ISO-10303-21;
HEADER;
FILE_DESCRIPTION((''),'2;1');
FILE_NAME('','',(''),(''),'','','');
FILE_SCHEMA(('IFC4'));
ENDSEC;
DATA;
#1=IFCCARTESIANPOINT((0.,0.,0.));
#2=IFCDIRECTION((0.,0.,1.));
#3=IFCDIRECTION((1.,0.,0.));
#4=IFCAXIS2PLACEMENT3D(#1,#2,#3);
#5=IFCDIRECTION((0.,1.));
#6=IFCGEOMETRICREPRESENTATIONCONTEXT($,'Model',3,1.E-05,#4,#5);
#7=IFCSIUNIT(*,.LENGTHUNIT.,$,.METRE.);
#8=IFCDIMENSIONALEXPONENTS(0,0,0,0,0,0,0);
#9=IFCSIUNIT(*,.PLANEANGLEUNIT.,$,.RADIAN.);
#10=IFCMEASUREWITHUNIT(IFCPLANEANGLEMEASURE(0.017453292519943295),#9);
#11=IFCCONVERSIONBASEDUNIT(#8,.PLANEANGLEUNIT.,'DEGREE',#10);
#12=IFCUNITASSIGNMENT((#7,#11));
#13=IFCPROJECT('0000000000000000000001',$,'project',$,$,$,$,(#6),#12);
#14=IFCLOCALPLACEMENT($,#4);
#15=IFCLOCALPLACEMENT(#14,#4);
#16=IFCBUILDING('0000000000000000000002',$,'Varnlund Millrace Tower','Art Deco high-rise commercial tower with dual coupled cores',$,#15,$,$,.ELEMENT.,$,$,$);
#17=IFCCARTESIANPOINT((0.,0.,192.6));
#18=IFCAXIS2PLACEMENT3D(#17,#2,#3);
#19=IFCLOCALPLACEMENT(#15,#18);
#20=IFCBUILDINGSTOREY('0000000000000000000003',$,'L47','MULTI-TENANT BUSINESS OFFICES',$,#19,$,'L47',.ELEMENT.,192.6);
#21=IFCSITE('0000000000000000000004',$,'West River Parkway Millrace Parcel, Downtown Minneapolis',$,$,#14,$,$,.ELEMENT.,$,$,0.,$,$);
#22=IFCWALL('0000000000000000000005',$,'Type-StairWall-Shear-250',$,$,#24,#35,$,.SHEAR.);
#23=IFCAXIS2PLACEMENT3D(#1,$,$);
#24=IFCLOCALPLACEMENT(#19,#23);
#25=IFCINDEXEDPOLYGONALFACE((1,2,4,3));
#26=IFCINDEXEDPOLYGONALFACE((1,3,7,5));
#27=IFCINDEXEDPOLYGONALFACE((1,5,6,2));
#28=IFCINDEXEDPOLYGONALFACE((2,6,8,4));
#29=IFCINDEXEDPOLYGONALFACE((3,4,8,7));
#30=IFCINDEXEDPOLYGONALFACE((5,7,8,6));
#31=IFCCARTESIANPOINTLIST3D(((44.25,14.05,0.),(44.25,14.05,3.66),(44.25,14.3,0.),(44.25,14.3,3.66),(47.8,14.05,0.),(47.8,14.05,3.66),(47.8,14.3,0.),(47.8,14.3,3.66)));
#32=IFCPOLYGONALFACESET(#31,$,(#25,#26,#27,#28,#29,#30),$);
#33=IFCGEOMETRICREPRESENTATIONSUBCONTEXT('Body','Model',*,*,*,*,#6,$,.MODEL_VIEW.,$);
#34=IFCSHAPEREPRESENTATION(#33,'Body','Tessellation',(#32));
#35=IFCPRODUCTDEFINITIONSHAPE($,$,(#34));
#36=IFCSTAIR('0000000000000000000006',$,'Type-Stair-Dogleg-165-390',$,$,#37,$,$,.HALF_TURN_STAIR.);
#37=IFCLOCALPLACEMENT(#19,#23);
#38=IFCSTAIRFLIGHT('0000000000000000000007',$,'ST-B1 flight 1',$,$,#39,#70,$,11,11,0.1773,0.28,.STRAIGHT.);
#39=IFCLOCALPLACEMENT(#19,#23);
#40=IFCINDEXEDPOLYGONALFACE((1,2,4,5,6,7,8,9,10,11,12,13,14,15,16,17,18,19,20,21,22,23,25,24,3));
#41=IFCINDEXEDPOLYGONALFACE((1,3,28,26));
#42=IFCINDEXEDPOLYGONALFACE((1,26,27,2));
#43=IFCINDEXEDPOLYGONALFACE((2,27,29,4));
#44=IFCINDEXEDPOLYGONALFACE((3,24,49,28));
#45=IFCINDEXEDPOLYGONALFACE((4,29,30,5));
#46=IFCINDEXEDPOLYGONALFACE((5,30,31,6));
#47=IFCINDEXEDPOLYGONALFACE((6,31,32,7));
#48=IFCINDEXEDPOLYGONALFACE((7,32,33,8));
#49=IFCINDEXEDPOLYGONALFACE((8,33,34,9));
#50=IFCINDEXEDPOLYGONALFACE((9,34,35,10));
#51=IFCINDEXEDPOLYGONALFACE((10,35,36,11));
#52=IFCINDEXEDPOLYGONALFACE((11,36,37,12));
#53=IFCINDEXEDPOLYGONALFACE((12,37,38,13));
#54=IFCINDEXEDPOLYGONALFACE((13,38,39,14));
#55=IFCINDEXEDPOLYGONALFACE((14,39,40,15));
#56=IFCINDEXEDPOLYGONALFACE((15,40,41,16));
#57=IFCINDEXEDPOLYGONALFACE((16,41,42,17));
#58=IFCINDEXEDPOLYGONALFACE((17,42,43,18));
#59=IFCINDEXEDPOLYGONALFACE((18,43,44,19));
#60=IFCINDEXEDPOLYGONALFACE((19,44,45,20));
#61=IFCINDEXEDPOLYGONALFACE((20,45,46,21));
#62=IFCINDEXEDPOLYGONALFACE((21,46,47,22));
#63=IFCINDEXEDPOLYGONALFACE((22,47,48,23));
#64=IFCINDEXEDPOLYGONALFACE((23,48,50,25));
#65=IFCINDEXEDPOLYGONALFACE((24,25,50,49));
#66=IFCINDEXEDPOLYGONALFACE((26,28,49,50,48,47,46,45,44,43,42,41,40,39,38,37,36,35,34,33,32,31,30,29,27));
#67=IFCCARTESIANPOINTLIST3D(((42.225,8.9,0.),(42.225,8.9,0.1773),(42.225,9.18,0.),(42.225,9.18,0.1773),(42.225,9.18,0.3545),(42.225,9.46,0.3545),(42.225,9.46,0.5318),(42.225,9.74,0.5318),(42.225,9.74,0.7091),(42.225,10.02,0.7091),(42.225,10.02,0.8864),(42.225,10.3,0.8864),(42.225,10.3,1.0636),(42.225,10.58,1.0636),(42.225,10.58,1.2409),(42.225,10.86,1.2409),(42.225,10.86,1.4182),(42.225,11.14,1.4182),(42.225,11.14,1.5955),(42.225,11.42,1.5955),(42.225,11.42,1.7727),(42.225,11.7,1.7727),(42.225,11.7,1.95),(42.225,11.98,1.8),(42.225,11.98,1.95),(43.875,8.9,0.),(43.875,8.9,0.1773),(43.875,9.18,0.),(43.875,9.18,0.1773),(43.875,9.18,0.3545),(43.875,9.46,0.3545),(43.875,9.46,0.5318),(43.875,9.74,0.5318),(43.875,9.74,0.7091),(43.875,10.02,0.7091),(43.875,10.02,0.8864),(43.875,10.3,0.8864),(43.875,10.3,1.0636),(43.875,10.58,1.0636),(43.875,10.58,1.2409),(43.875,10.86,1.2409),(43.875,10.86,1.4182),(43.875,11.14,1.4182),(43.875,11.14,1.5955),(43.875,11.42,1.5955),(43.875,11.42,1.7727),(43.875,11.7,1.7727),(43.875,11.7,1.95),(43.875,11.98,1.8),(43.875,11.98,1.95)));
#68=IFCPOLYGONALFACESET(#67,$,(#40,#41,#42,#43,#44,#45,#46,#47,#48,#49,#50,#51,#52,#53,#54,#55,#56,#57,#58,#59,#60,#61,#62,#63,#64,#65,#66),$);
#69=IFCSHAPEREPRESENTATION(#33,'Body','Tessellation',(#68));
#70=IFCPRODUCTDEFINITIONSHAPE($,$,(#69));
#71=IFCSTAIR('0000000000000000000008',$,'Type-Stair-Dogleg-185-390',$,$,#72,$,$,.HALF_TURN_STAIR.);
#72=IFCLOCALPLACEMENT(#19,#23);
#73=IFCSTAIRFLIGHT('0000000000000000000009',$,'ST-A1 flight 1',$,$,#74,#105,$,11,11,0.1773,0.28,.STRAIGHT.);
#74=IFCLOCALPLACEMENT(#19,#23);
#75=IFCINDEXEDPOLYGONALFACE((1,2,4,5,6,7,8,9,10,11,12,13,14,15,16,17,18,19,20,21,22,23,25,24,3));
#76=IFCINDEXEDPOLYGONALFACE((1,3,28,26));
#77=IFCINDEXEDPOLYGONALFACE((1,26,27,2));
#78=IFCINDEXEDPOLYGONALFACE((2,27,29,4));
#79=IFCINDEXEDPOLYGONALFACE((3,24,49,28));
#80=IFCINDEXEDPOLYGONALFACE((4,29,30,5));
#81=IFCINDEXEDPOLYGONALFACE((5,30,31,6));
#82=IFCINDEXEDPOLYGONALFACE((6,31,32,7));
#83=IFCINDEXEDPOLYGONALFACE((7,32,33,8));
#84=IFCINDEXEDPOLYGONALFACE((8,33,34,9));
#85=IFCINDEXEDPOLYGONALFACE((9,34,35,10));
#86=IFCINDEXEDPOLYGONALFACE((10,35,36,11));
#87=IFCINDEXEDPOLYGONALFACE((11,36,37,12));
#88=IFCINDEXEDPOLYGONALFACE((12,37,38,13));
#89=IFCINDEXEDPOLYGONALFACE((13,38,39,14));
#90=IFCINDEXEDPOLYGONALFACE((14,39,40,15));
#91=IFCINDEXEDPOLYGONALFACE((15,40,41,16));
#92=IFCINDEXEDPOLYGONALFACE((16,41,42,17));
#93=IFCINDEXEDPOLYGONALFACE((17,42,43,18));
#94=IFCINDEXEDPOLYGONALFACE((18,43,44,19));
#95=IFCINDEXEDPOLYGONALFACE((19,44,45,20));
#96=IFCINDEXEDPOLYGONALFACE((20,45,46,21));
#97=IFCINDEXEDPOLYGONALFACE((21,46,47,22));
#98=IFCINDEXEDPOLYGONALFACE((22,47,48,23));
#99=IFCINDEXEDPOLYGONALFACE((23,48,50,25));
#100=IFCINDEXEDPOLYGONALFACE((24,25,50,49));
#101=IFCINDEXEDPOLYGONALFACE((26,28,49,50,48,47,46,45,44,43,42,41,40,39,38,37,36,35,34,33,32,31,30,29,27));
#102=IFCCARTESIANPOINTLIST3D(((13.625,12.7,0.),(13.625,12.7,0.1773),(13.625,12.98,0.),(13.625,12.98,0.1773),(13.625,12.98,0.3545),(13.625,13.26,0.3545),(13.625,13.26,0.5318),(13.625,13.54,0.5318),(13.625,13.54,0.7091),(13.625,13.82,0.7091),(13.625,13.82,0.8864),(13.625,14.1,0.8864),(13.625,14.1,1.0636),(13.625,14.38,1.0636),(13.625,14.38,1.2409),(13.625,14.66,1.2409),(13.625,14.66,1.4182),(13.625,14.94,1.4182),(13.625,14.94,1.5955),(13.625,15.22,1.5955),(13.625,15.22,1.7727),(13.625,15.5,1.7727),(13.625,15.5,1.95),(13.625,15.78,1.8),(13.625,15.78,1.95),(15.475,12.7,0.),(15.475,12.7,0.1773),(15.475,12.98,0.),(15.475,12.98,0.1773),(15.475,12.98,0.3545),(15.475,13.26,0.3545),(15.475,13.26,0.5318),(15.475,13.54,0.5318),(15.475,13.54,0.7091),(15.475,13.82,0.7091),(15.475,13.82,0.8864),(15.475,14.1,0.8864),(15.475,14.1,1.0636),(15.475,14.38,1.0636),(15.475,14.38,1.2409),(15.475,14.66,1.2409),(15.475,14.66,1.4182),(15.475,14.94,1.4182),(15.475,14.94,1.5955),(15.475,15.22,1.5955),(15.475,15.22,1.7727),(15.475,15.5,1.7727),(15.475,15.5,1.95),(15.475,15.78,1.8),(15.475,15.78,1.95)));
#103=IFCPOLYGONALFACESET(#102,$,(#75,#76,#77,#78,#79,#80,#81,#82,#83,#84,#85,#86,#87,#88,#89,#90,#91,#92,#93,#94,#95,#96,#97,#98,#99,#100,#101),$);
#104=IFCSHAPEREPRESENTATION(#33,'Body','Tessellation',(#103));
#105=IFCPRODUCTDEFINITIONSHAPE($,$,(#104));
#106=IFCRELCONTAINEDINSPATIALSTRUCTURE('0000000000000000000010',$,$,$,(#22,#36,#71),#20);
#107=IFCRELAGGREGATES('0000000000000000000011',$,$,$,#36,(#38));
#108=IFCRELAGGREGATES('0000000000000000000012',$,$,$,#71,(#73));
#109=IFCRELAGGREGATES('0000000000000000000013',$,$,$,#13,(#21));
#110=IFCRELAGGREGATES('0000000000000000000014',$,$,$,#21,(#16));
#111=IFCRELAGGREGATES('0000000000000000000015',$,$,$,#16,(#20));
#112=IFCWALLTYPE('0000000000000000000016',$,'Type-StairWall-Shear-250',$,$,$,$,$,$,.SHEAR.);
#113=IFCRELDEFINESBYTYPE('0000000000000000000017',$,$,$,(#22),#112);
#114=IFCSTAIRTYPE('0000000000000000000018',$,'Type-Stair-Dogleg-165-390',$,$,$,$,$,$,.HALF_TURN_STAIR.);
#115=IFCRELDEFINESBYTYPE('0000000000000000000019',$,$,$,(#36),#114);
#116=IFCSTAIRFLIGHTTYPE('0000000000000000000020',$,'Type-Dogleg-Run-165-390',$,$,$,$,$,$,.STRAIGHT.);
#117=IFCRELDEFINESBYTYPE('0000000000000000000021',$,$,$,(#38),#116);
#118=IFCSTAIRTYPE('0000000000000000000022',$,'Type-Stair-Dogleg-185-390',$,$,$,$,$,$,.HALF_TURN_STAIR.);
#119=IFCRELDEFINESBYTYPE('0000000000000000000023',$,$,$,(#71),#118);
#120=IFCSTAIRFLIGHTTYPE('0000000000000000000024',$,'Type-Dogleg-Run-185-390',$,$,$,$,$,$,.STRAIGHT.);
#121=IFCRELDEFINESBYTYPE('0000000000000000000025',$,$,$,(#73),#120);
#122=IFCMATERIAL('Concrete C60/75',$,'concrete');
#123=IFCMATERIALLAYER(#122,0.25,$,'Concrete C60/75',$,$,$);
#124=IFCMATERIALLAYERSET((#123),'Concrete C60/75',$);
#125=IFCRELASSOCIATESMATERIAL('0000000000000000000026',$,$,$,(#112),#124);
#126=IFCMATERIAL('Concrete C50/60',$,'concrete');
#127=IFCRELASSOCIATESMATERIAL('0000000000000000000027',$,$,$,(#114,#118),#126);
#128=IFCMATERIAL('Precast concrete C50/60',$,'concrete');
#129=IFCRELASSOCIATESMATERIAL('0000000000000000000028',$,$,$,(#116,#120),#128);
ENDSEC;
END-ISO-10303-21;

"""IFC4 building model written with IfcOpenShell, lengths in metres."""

from ifc_helpers import new_model, entity, si_unit, converted_unit, direction, frame, origin_with_axes, place, context, subcontext, project, spatial, polyline, outline, extrude, material, layer, layer_set, type_object, element, aggregate, save


model = new_model("IFC4")

# Units and contexts
model_context = context("Model", 3, precision=1e-05, world=origin_with_axes(), true_north=direction((0.0, 1.0)))
body_context = subcontext(model_context, "Body", "Model", "MODEL_VIEW")
ifc_project = project(units=[si_unit("LENGTHUNIT", "METRE"), converted_unit("PLANEANGLEUNIT", "DEGREE", entity("IfcPlaneAngleMeasure", 0.017453292519943295), si_unit("PLANEANGLEUNIT", "RADIAN"), dimensions=[0, 0, 0, 0, 0, 0, 0])], contexts=[model_context])

# Site, building, storey
site_placement = place(None, origin_with_axes())
site = spatial("IfcSite", under=ifc_project, at=site_placement, Name="West River Parkway Millrace Parcel, Downtown Minneapolis", CompositionType="ELEMENT", RefElevation=0.0)
building_placement = place(site_placement, origin_with_axes())
building = spatial("IfcBuilding", under=site, at=building_placement, Name="Varnlund Millrace Tower", Description="Art Deco high-rise commercial tower with dual coupled cores", CompositionType="ELEMENT")
storey_placement = place(building_placement, frame((0.0, 0.0, 192.6), z_axis=(0.0, 0.0, 1.0), x_axis=(1.0, 0.0, 0.0)))
storey = spatial("IfcBuildingStorey", under=building, at=storey_placement, Name="L47", Description="MULTI-TENANT BUSINESS OFFICES", LongName="L47", CompositionType="ELEMENT", Elevation=192.6)

# Shared definitions
ifc_material_1 = material(Name="Concrete C60/75", Category="concrete")
ifc_layer_1 = layer(ifc_material_1, 0.25, Name="Concrete C60/75")
ifc_layer_set_1 = layer_set([ifc_layer_1], Name="Concrete C60/75")

# Wall
wall_type_1 = type_object("IfcWallType", Name="Type-StairWall-Shear-250", PredefinedType="SHEAR", material=ifc_layer_set_1)
for number, where, z_axis, x_axis, name in (
    (1, (44.25, 14.175, 0.0), (0.0, 0.0, 1.0), (1.0, 0.0, 0.0), "Type-StairWall-Shear-250"),
):
    element("IfcWall", number, at=place(storey_placement, frame(where, z_axis=z_axis, x_axis=x_axis)), inside=storey, type_object=wall_type_1, Name=name, PredefinedType="SHEAR", context=body_context, shape_type="SweptSolid", body=[
        extrude(outline(polyline([(0.0, -0.125), (3.55, -0.125), (3.55, 0.125), (0.0, 0.125), (0.0, -0.125)])), origin_with_axes(), (0.0, 0.0, 1.0), 3.66),
    ])

# Stairs, stair flights
ifc_material_2 = material(Name="Concrete C50/60", Category="concrete")
stair_type_1 = type_object("IfcStairType", Name="Type-Stair-Dogleg-165-390", PredefinedType="HALF_TURN_STAIR", material=ifc_material_2)
stair_1_placement = place(storey_placement, origin_with_axes())
stair_1 = element("IfcStair", 2, at=stair_1_placement, inside=storey, type_object=stair_type_1, Name="Type-Stair-Dogleg-165-390", PredefinedType="HALF_TURN_STAIR")
ifc_material_3 = material(Name="Precast concrete C50/60", Category="concrete")
stair_flight_type_1 = type_object("IfcStairFlightType", Name="Type-Dogleg-Run-165-390", PredefinedType="STRAIGHT", material=ifc_material_3)
stair_flight_1_placement = place(storey_placement, frame((42.225, 8.9, 0.0), z_axis=(1.0, 0.0, 0.0), x_axis=(0.0, 1.0, 0.0)))
stair_flight_1 = element("IfcStairFlight", 3, at=stair_flight_1_placement, type_object=stair_flight_type_1, Name="ST-B1 flight 1", NumberOfRisers=11, NumberOfTreads=11, PredefinedType="STRAIGHT", RiserHeight=0.1773, TreadLength=0.28, context=body_context, shape_type="SweptSolid", body=[
    extrude(outline(polyline([(0.0, 0.0), (0.0, 0.1773), (0.28, 0.1773), (0.28, 0.3545), (0.56, 0.3545), (0.56, 0.5318), (0.84, 0.5318), (0.84, 0.7091), (1.12, 0.7091), (1.12, 0.8864), (1.4, 0.8864), (1.4, 1.0636), (1.68, 1.0636), (1.68, 1.2409), (1.96, 1.2409), (1.96, 1.4182), (2.24, 1.4182), (2.24, 1.5955), (2.52, 1.5955), (2.52, 1.7727), (2.8, 1.7727), (2.8, 1.95), (3.08, 1.95), (3.08, 1.8), (0.28, 0.0), (0.0, 0.0)])), origin_with_axes(), (0.0, 0.0, 1.0), 1.65),
])
aggregate(stair_1, [stair_flight_1])
stair_type_2 = type_object("IfcStairType", Name="Type-Stair-Dogleg-185-390", PredefinedType="HALF_TURN_STAIR", material=ifc_material_2)
stair_2_placement = place(storey_placement, origin_with_axes())
stair_2 = element("IfcStair", 4, at=stair_2_placement, inside=storey, type_object=stair_type_2, Name="Type-Stair-Dogleg-185-390", PredefinedType="HALF_TURN_STAIR")
stair_flight_type_2 = type_object("IfcStairFlightType", Name="Type-Dogleg-Run-185-390", PredefinedType="STRAIGHT", material=ifc_material_3)
stair_flight_2_placement = place(storey_placement, frame((13.625, 12.7, 0.0), z_axis=(1.0, 0.0, 0.0), x_axis=(0.0, 1.0, 0.0)))
stair_flight_2 = element("IfcStairFlight", 5, at=stair_flight_2_placement, type_object=stair_flight_type_2, Name="ST-A1 flight 1", NumberOfRisers=11, NumberOfTreads=11, PredefinedType="STRAIGHT", RiserHeight=0.1773, TreadLength=0.28, context=body_context, shape_type="SweptSolid", body=[
    extrude(outline(polyline([(0.0, 0.0), (0.0, 0.1773), (0.28, 0.1773), (0.28, 0.3545), (0.56, 0.3545), (0.56, 0.5318), (0.84, 0.5318), (0.84, 0.7091), (1.12, 0.7091), (1.12, 0.8864), (1.4, 0.8864), (1.4, 1.0636), (1.68, 1.0636), (1.68, 1.2409), (1.96, 1.2409), (1.96, 1.4182), (2.24, 1.4182), (2.24, 1.5955), (2.52, 1.5955), (2.52, 1.7727), (2.8, 1.7727), (2.8, 1.95), (3.08, 1.95), (3.08, 1.8), (0.28, 0.0), (0.0, 0.0)])), origin_with_axes(), (0.0, 0.0, 1.0), 1.85),
])
aggregate(stair_2, [stair_flight_2])

save(model, "model.ifc")
